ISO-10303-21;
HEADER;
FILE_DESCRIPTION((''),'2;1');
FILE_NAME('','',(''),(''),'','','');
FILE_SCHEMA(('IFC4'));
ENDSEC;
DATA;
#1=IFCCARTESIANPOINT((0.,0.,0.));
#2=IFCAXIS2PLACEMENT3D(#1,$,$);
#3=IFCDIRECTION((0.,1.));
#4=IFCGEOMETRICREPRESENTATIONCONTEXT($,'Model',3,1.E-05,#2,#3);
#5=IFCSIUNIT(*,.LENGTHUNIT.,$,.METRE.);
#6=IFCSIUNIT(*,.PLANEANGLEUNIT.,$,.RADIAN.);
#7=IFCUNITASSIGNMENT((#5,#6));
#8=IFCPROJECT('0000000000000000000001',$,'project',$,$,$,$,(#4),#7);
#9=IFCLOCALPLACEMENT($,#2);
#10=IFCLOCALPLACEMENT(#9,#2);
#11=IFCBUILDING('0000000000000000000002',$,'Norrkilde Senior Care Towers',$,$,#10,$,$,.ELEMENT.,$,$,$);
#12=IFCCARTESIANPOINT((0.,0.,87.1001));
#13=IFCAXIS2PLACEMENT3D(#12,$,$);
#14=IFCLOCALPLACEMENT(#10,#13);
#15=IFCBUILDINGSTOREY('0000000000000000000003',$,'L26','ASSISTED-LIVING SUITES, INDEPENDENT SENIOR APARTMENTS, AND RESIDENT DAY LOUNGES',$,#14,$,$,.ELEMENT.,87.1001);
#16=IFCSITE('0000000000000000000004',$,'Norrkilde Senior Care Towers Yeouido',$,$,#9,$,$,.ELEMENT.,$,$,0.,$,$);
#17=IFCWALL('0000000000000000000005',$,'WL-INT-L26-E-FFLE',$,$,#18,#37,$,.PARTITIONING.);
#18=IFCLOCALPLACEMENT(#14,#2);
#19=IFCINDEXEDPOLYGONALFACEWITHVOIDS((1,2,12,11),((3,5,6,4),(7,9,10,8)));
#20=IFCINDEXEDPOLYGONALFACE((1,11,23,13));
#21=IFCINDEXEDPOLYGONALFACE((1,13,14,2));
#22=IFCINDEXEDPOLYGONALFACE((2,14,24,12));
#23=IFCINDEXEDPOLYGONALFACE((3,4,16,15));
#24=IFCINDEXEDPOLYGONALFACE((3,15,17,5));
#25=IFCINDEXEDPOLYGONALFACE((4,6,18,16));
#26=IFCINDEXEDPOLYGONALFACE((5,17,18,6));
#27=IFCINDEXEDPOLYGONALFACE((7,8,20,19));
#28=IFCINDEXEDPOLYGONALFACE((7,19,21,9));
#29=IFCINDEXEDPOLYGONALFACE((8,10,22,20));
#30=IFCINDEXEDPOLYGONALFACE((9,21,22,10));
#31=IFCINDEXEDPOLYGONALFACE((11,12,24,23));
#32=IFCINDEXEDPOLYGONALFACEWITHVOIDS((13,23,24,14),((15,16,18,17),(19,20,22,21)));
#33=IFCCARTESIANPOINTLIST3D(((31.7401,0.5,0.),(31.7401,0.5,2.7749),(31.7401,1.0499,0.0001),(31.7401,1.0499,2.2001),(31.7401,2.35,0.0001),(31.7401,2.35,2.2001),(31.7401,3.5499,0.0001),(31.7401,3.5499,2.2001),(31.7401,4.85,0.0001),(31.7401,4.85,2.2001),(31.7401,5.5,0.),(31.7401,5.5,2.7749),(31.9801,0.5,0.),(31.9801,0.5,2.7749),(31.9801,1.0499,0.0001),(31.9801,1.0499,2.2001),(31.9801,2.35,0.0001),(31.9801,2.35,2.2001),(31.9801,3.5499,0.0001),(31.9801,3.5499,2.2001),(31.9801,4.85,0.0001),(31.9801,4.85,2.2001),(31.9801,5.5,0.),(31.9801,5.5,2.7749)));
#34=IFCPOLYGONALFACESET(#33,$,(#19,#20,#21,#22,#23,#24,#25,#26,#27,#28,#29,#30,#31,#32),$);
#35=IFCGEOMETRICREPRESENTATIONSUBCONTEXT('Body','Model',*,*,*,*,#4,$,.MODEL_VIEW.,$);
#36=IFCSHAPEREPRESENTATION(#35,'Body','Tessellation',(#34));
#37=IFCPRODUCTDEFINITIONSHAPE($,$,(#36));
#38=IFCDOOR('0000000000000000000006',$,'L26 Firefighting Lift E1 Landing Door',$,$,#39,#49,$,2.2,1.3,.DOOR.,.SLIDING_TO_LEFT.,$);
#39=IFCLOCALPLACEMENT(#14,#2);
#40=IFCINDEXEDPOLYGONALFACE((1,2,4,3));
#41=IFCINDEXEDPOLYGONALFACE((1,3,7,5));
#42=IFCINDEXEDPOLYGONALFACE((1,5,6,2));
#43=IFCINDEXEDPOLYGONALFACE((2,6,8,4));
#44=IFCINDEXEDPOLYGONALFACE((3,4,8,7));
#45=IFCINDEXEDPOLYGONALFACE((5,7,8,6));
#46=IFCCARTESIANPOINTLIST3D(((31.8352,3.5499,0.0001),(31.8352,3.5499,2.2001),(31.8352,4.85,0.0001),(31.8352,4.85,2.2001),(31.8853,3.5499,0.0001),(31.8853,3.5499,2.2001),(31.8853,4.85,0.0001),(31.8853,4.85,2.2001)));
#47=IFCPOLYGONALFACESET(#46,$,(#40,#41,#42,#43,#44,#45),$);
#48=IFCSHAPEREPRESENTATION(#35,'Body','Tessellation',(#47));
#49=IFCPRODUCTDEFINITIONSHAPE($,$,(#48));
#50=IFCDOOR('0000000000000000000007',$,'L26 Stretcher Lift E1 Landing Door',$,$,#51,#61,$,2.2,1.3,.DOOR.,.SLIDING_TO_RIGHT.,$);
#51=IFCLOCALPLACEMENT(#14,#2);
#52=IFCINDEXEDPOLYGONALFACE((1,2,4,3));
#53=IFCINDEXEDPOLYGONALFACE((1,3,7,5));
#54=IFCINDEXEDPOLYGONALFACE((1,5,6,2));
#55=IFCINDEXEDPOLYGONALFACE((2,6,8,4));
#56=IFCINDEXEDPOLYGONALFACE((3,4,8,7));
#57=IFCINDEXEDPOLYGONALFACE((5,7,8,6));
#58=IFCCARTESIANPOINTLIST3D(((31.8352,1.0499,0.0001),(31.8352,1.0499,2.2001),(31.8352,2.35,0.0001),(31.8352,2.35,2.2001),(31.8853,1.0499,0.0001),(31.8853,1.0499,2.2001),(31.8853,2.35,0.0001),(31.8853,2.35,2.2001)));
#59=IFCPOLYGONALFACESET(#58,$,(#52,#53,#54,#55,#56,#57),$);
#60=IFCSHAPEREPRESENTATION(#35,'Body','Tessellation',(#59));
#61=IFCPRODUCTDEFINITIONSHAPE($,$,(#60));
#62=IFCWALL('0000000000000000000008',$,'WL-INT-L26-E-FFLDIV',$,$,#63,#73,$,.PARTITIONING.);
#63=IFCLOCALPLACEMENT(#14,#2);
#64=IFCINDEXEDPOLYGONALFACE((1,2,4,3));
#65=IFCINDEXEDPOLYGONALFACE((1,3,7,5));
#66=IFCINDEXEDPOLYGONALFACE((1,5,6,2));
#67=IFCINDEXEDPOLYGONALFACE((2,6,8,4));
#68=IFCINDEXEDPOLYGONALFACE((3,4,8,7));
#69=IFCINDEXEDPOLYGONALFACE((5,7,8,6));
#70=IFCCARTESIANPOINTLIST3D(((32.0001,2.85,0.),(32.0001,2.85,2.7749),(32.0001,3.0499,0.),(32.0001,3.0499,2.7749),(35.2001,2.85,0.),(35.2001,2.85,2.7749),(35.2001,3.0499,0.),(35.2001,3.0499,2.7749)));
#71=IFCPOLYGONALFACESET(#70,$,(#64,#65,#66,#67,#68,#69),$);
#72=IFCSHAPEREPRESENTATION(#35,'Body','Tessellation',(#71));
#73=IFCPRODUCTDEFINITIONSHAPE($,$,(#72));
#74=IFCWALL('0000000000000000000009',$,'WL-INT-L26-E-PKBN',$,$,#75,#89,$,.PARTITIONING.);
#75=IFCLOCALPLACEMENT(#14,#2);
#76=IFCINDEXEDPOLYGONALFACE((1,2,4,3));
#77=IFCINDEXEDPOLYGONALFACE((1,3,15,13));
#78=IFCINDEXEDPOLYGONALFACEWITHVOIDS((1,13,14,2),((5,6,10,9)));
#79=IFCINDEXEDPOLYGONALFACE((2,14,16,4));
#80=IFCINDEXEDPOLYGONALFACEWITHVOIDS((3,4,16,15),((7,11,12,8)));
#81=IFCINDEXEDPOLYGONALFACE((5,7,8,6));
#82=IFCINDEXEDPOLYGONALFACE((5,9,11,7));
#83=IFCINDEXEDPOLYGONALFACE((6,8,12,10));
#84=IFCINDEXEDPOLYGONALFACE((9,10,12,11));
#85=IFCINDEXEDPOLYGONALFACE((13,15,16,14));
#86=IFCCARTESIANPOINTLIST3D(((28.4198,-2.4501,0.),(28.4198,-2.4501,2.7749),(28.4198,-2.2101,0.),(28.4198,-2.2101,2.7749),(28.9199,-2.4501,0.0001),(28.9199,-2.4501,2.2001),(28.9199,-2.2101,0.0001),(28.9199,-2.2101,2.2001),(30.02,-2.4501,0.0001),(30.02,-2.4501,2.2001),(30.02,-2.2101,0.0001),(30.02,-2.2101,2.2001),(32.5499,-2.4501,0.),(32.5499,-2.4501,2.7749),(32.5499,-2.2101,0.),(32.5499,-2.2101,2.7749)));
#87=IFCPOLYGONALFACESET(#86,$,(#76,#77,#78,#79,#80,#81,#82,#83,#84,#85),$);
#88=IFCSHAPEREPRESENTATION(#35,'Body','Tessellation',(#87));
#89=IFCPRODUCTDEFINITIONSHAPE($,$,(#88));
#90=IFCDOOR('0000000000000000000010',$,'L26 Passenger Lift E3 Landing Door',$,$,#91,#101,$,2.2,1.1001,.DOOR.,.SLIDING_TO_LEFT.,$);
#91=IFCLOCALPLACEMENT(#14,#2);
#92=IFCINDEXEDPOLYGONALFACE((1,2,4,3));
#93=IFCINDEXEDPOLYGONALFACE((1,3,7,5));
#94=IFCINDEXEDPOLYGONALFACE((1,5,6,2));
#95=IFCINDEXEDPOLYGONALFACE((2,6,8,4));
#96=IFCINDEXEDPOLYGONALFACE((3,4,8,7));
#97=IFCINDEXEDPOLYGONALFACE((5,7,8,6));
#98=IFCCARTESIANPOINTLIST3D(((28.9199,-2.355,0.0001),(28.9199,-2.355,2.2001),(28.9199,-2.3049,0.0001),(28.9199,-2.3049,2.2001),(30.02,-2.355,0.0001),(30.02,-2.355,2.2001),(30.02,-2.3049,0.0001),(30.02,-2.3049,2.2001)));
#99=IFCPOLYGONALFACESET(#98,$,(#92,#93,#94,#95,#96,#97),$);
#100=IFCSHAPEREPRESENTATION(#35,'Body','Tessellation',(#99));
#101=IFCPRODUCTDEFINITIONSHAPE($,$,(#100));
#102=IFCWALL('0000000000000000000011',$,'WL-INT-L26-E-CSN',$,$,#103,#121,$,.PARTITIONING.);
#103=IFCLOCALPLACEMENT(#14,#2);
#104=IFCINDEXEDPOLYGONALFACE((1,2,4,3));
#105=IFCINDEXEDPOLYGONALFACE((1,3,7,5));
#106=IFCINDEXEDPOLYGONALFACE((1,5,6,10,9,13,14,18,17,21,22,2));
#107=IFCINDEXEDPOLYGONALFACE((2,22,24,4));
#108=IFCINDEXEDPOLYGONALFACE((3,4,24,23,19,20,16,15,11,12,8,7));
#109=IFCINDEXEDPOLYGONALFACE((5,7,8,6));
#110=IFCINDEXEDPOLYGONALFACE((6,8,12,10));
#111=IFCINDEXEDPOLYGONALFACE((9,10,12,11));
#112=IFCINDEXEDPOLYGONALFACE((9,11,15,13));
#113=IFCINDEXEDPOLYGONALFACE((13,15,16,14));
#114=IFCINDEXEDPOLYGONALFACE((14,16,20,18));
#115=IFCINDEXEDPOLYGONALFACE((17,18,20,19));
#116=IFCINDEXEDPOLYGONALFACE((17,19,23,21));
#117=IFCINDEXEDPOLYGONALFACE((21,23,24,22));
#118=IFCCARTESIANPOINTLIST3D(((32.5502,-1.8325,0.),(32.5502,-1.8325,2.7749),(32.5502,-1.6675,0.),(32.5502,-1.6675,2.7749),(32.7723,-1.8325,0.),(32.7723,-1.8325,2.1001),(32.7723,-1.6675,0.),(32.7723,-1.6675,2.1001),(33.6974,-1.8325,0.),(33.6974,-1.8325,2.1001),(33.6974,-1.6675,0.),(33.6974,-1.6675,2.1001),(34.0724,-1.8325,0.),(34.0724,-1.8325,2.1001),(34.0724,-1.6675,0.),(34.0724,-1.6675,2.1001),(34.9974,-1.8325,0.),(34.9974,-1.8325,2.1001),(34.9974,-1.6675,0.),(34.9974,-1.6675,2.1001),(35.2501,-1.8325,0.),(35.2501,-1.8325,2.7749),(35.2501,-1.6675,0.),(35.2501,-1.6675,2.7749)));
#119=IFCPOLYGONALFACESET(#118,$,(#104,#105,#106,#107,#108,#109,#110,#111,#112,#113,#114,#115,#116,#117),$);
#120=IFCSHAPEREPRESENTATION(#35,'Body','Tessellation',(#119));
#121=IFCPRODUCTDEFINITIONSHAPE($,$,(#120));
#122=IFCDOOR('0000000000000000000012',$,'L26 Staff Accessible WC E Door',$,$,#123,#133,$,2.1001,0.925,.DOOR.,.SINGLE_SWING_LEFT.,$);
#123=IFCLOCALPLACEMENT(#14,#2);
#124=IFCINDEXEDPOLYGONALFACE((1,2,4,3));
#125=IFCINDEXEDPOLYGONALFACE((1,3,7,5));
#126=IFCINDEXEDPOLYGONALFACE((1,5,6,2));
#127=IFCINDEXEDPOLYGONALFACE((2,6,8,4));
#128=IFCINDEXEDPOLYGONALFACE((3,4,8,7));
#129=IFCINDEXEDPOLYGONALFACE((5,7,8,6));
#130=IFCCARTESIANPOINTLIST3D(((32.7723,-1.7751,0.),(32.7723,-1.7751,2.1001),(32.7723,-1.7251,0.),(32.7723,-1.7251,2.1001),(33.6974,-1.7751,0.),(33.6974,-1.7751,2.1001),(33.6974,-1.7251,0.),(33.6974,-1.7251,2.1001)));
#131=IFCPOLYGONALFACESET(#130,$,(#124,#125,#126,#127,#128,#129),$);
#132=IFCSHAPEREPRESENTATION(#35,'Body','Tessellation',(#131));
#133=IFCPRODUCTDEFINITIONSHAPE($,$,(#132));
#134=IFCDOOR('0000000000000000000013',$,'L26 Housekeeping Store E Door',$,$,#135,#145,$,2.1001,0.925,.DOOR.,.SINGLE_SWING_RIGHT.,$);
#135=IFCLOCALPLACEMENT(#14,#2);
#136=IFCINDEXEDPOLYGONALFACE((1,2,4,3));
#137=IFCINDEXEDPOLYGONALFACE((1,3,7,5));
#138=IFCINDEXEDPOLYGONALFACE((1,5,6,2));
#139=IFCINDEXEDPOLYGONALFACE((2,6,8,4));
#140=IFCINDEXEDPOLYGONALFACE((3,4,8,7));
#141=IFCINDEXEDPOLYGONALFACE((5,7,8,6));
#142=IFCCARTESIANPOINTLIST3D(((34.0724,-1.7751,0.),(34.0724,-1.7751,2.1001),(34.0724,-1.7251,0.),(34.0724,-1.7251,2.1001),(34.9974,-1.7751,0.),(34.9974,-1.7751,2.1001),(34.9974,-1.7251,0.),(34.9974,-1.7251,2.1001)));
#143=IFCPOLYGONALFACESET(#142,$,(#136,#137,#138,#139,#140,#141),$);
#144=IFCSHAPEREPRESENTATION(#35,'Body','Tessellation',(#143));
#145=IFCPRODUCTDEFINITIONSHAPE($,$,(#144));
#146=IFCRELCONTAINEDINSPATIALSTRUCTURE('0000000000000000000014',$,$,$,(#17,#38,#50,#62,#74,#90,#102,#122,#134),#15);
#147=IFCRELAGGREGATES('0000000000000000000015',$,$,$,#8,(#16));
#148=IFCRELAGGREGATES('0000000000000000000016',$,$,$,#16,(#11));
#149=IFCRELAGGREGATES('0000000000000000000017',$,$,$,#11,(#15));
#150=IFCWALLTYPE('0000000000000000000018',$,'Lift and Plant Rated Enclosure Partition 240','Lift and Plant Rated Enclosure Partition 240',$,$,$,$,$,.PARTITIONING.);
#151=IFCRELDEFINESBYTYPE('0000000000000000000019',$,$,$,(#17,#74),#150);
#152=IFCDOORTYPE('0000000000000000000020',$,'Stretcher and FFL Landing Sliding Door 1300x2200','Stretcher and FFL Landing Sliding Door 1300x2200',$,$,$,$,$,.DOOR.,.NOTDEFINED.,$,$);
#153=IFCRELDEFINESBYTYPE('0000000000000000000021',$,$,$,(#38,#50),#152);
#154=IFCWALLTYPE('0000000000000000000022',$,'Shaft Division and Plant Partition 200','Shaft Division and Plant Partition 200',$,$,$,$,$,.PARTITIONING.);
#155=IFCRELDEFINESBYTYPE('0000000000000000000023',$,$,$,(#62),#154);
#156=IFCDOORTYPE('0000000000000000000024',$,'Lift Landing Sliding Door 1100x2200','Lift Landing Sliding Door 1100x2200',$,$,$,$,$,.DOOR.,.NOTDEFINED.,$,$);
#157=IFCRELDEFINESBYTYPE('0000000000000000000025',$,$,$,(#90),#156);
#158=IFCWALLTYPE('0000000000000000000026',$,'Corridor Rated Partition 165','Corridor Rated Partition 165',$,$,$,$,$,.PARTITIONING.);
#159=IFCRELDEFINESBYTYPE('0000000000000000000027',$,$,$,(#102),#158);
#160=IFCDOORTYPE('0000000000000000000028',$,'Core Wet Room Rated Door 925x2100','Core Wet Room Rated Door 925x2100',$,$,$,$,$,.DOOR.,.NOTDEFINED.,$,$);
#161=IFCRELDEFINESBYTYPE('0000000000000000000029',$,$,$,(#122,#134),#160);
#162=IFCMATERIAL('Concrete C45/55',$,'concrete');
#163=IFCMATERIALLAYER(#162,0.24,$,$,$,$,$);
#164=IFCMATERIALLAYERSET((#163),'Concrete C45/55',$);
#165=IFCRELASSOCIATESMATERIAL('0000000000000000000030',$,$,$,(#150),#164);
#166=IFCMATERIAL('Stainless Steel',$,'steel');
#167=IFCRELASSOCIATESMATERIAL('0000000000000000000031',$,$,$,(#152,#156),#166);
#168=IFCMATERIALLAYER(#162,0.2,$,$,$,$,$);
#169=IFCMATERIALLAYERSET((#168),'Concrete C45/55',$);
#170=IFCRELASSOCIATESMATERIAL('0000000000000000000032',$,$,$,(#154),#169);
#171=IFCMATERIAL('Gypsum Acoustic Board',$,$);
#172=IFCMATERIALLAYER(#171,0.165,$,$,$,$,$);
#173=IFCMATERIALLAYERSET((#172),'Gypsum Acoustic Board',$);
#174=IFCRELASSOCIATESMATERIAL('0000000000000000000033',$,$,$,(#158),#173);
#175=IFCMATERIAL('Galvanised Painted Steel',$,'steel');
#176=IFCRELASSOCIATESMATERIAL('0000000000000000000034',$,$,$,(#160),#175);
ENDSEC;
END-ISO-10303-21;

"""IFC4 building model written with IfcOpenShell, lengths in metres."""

from ifc_helpers import new_model, si_unit, direction, frame, frame_2d, origin, place, context, subcontext, project, spatial, rectangle, extrude, source, transform, mapped, material, layer, layer_set, type_object, type_shapes, element, fill, save


model = new_model("IFC4")

# Units and contexts
model_context = context("Model", 3, precision=1e-05, world=origin(), true_north=direction((0.0, 1.0)))
body_context = subcontext(model_context, "Body", "Model", "MODEL_VIEW")
ifc_project = project(units=[si_unit("LENGTHUNIT", "METRE"), si_unit("PLANEANGLEUNIT", "RADIAN")], contexts=[model_context])

# Site, building, storey
site_placement = place(None, origin())
site = spatial("IfcSite", under=ifc_project, at=site_placement, Name="Norrkilde Senior Care Towers Yeouido", CompositionType="ELEMENT", RefElevation=0.0)
building_placement = place(site_placement, origin())
building = spatial("IfcBuilding", under=site, at=building_placement, Name="Norrkilde Senior Care Towers", CompositionType="ELEMENT")
storey_placement = place(building_placement, frame((0.0, 0.0, 87.1001)))
storey = spatial("IfcBuildingStorey", under=building, at=storey_placement, Name="L26", Description="ASSISTED-LIVING SUITES, INDEPENDENT SENIOR APARTMENTS, AND RESIDENT DAY LOUNGES", CompositionType="ELEMENT", Elevation=87.1001)

# Shared definitions
ifc_material_1 = material(Name="Galvanised Painted Steel", Category="steel")

# Wall, openings, doors
ifc_material_2 = material(Name="Concrete C45/55", Category="concrete")
ifc_layer_1 = layer(ifc_material_2, 0.24)
ifc_layer_set_1 = layer_set([ifc_layer_1], Name="Concrete C45/55")
wall_type_1 = type_object("IfcWallType", Name="Lift and Plant Rated Enclosure Partition 240", Description="Lift and Plant Rated Enclosure Partition 240", PredefinedType="PARTITIONING", material=ifc_layer_set_1)
shared_shape_1 = source(origin(), body_context, "Body", "SweptSolid", [
    extrude(rectangle(XDim=5.0, YDim=0.24, at=frame_2d((2.5, 0.0))), origin(), (0.0, 0.0, 1.0), 2.7749),
])
wall_1_placement = place(storey_placement, frame((31.8601, 0.5, 0.0), z_axis=(0.0, 0.0, 1.0), x_axis=(0.0, 1.0, 0.0)))
wall_1 = element("IfcWall", 1, at=wall_1_placement, inside=storey, type_object=wall_type_1, Name="WL-INT-L26-E-FFLE", PredefinedType="PARTITIONING", context=body_context, shape_type="MappedRepresentation", body=[
    mapped(shared_shape_1, transform((0.0, 0.0, 0.0), x_axis=(1.0, 0.0, 0.0), y_axis=(0.0, 1.0, 0.0), z_axis=(0.0, 0.0, 1.0), scale=1.0)),
])
opening_1_placement = place(wall_1_placement, frame((3.05, 0.0, 0.0)))
opening_1 = element("IfcOpeningElement", 2, at=opening_1_placement, cuts=wall_1, PredefinedType="OPENING", context=body_context, shape_type="SweptSolid", body=[
    extrude(rectangle(XDim=1.3, YDim=2.2, at=frame_2d((0.6499, 1.1001))), frame((0.0, 0.1299, 0.0), z_axis=(0.0, -1.0, 0.0), x_axis=(1.0, 0.0, 0.0)), (0.0, 0.0, 1.0), 0.26),
])
opening_2_placement = place(wall_1_placement, frame((0.55, 0.0, 0.0)))
opening_2 = element("IfcOpeningElement", 3, at=opening_2_placement, cuts=wall_1, PredefinedType="OPENING", context=body_context, shape_type="SweptSolid", body=[
    extrude(rectangle(XDim=1.3, YDim=2.2, at=frame_2d((0.6499, 1.1001))), frame((0.0, 0.1299, 0.0), z_axis=(0.0, -1.0, 0.0), x_axis=(1.0, 0.0, 0.0)), (0.0, 0.0, 1.0), 0.26),
])
ifc_material_3 = material(Name="Stainless Steel", Category="steel")
door_type_1 = type_object("IfcDoorType", Name="Stretcher and FFL Landing Sliding Door 1300x2200", Description="Stretcher and FFL Landing Sliding Door 1300x2200", OperationType="NOTDEFINED", PredefinedType="DOOR", material=ifc_material_3)
shared_shape_2 = source(origin(), body_context, "Body", "SweptSolid", [
    extrude(rectangle(XDim=1.3, YDim=2.2, at=frame_2d((0.6499, 1.1001))), frame((0.0, 0.0249, 0.0), z_axis=(0.0, -1.0, 0.0), x_axis=(1.0, 0.0, 0.0)), (0.0, 0.0, 1.0), 0.05),
])
type_shapes(door_type_1, [shared_shape_2])
door_1_placement = place(opening_1_placement, origin())
door_1 = element("IfcDoor", 4, at=door_1_placement, inside=storey, type_object=door_type_1, Name="L26 Firefighting Lift E1 Landing Door", OperationType="SLIDING_TO_LEFT", OverallHeight=2.2, OverallWidth=1.3, PredefinedType="DOOR", context=body_context, shape_type="MappedRepresentation", body=[
    mapped(shared_shape_2, transform((0.0, 0.0, 0.0), x_axis=(1.0, 0.0, 0.0), y_axis=(0.0, 1.0, 0.0), z_axis=(0.0, 0.0, 1.0), scale=1.0)),
])
fill(opening_1, door_1)
door_2_placement = place(opening_2_placement, origin())
door_2 = element("IfcDoor", 5, at=door_2_placement, inside=storey, type_object=door_type_1, Name="L26 Stretcher Lift E1 Landing Door", OperationType="SLIDING_TO_RIGHT", OverallHeight=2.2, OverallWidth=1.3, PredefinedType="DOOR", context=body_context, shape_type="MappedRepresentation", body=[
    mapped(shared_shape_2, transform((0.0, 0.0, 0.0), x_axis=(1.0, 0.0, 0.0), y_axis=(0.0, 1.0, 0.0), z_axis=(0.0, 0.0, 1.0), scale=1.0)),
])
fill(opening_2, door_2)

# Wall
ifc_layer_2 = layer(ifc_material_2, 0.2)
ifc_layer_set_2 = layer_set([ifc_layer_2], Name="Concrete C45/55")
wall_type_2 = type_object("IfcWallType", Name="Shaft Division and Plant Partition 200", Description="Shaft Division and Plant Partition 200", PredefinedType="PARTITIONING", material=ifc_layer_set_2)
shared_shape_3 = source(origin(), body_context, "Body", "SweptSolid", [
    extrude(rectangle(XDim=3.2, YDim=0.2, at=frame_2d((1.6001, 0.0))), origin(), (0.0, 0.0, 1.0), 2.7749),
])
type_shapes(wall_type_2, [shared_shape_3])
wall_2_placement = place(storey_placement, frame((32.0, 2.95, 0.0), z_axis=(0.0, 0.0, 1.0), x_axis=(1.0, 0.0, 0.0)))
element("IfcWall", 6, at=wall_2_placement, inside=storey, type_object=wall_type_2, Name="WL-INT-L26-E-FFLDIV", PredefinedType="PARTITIONING", context=body_context, shape_type="MappedRepresentation", body=[
    mapped(shared_shape_3, transform((0.0, 0.0, 0.0), x_axis=(1.0, 0.0, 0.0), y_axis=(0.0, 1.0, 0.0), z_axis=(0.0, 0.0, 1.0), scale=1.0)),
])

# Wall, opening, door
shared_shape_4 = source(origin(), body_context, "Body", "SweptSolid", [
    extrude(rectangle(XDim=4.1301, YDim=0.24, at=frame_2d((2.0649, 0.0))), origin(), (0.0, 0.0, 1.0), 2.7749),
])
type_shapes(wall_type_1, [shared_shape_1, shared_shape_4])
wall_3_placement = place(storey_placement, frame((28.4199, -2.3301, 0.0), z_axis=(0.0, 0.0, 1.0), x_axis=(1.0, 0.0, 0.0)))
wall_3 = element("IfcWall", 7, at=wall_3_placement, inside=storey, type_object=wall_type_1, Name="WL-INT-L26-E-PKBN", PredefinedType="PARTITIONING", context=body_context, shape_type="MappedRepresentation", body=[
    mapped(shared_shape_4, transform((0.0, 0.0, 0.0), x_axis=(1.0, 0.0, 0.0), y_axis=(0.0, 1.0, 0.0), z_axis=(0.0, 0.0, 1.0), scale=1.0)),
])
opening_3_placement = place(wall_3_placement, frame((0.5, 0.0, 0.0)))
opening_3 = element("IfcOpeningElement", 8, at=opening_3_placement, cuts=wall_3, PredefinedType="OPENING", context=body_context, shape_type="SweptSolid", body=[
    extrude(rectangle(XDim=1.1001, YDim=2.2, at=frame_2d((0.55, 1.1001))), frame((0.0, 0.1299, 0.0), z_axis=(0.0, -1.0, 0.0), x_axis=(1.0, 0.0, 0.0)), (0.0, 0.0, 1.0), 0.26),
])
door_type_2 = type_object("IfcDoorType", Name="Lift Landing Sliding Door 1100x2200", Description="Lift Landing Sliding Door 1100x2200", OperationType="NOTDEFINED", PredefinedType="DOOR", material=ifc_material_3)
shared_shape_5 = source(origin(), body_context, "Body", "SweptSolid", [
    extrude(rectangle(XDim=1.1001, YDim=2.2, at=frame_2d((0.55, 1.1001))), frame((0.0, 0.0249, 0.0), z_axis=(0.0, -1.0, 0.0), x_axis=(1.0, 0.0, 0.0)), (0.0, 0.0, 1.0), 0.05),
])
type_shapes(door_type_2, [shared_shape_5])
door_3_placement = place(opening_3_placement, frame((1.1001, 0.0, 0.0), z_axis=(0.0, 0.0, 1.0), x_axis=(-1.0, 0.0, 0.0)))
door_3 = element("IfcDoor", 9, at=door_3_placement, inside=storey, type_object=door_type_2, Name="L26 Passenger Lift E3 Landing Door", OperationType="SLIDING_TO_LEFT", OverallHeight=2.2, OverallWidth=1.1001, PredefinedType="DOOR", context=body_context, shape_type="MappedRepresentation", body=[
    mapped(shared_shape_5, transform((0.0, 0.0, 0.0), x_axis=(1.0, 0.0, 0.0), y_axis=(0.0, 1.0, 0.0), z_axis=(0.0, 0.0, 1.0), scale=1.0)),
])
fill(opening_3, door_3)

# Wall, openings, doors
ifc_material_4 = material(Name="Gypsum Acoustic Board")
ifc_layer_3 = layer(ifc_material_4, 0.165)
ifc_layer_set_3 = layer_set([ifc_layer_3], Name="Gypsum Acoustic Board")
wall_type_3 = type_object("IfcWallType", Name="Corridor Rated Partition 165", Description="Corridor Rated Partition 165", PredefinedType="PARTITIONING", material=ifc_layer_set_3)
shared_shape_6 = source(origin(), body_context, "Body", "SweptSolid", [
    extrude(rectangle(XDim=2.7, YDim=0.165, at=frame_2d((1.3501, 0.0))), origin(), (0.0, 0.0, 1.0), 2.7749),
])
type_shapes(wall_type_3, [shared_shape_6])
wall_4_placement = place(storey_placement, frame((32.55, -1.75, 0.0), z_axis=(0.0, 0.0, 1.0), x_axis=(1.0, 0.0, 0.0)))
wall_4 = element("IfcWall", 10, at=wall_4_placement, inside=storey, type_object=wall_type_3, Name="WL-INT-L26-E-CSN", PredefinedType="PARTITIONING", context=body_context, shape_type="MappedRepresentation", body=[
    mapped(shared_shape_6, transform((0.0, 0.0, 0.0), x_axis=(1.0, 0.0, 0.0), y_axis=(0.0, 1.0, 0.0), z_axis=(0.0, 0.0, 1.0), scale=1.0)),
])
opening_4_placement = place(wall_4_placement, frame((0.2224, 0.0, 0.0)))
opening_4 = element("IfcOpeningElement", 11, at=opening_4_placement, cuts=wall_4, PredefinedType="OPENING", context=body_context, shape_type="SweptSolid", body=[
    extrude(rectangle(XDim=0.925, YDim=2.1001, at=frame_2d((0.4624, 1.05))), frame((0.0, 0.0925, 0.0), z_axis=(0.0, -1.0, 0.0), x_axis=(1.0, 0.0, 0.0)), (0.0, 0.0, 1.0), 0.1851),
])
opening_5_placement = place(wall_4_placement, frame((1.5225, 0.0, 0.0)))
opening_5 = element("IfcOpeningElement", 12, at=opening_5_placement, cuts=wall_4, PredefinedType="OPENING", context=body_context, shape_type="SweptSolid", body=[
    extrude(rectangle(XDim=0.925, YDim=2.1001, at=frame_2d((0.4624, 1.05))), frame((0.0, 0.0925, 0.0), z_axis=(0.0, -1.0, 0.0), x_axis=(1.0, 0.0, 0.0)), (0.0, 0.0, 1.0), 0.1851),
])
door_type_3 = type_object("IfcDoorType", Name="Core Wet Room Rated Door 925x2100", Description="Core Wet Room Rated Door 925x2100", OperationType="NOTDEFINED", PredefinedType="DOOR", material=ifc_material_1)
shared_shape_7 = source(origin(), body_context, "Body", "SweptSolid", [
    extrude(rectangle(XDim=0.925, YDim=2.1001, at=frame_2d((0.4624, 1.05))), frame((0.0, 0.0249, 0.0), z_axis=(0.0, -1.0, 0.0), x_axis=(1.0, 0.0, 0.0)), (0.0, 0.0, 1.0), 0.05),
])
type_shapes(door_type_3, [shared_shape_7])
door_4_placement = place(opening_4_placement, origin())
door_4 = element("IfcDoor", 13, at=door_4_placement, inside=storey, type_object=door_type_3, Name="L26 Staff Accessible WC E Door", OperationType="SINGLE_SWING_LEFT", OverallHeight=2.1001, OverallWidth=0.925, PredefinedType="DOOR", context=body_context, shape_type="MappedRepresentation", body=[
    mapped(shared_shape_7, transform((0.0, 0.0, 0.0), x_axis=(1.0, 0.0, 0.0), y_axis=(0.0, 1.0, 0.0), z_axis=(0.0, 0.0, 1.0), scale=1.0)),
])
fill(opening_4, door_4)
door_5_placement = place(opening_5_placement, origin())
door_5 = element("IfcDoor", 14, at=door_5_placement, inside=storey, type_object=door_type_3, Name="L26 Housekeeping Store E Door", OperationType="SINGLE_SWING_RIGHT", OverallHeight=2.1001, OverallWidth=0.925, PredefinedType="DOOR", context=body_context, shape_type="MappedRepresentation", body=[
    mapped(shared_shape_7, transform((0.0, 0.0, 0.0), x_axis=(1.0, 0.0, 0.0), y_axis=(0.0, 1.0, 0.0), z_axis=(0.0, 0.0, 1.0), scale=1.0)),
])
fill(opening_5, door_5)

save(model, "model.ifc")
